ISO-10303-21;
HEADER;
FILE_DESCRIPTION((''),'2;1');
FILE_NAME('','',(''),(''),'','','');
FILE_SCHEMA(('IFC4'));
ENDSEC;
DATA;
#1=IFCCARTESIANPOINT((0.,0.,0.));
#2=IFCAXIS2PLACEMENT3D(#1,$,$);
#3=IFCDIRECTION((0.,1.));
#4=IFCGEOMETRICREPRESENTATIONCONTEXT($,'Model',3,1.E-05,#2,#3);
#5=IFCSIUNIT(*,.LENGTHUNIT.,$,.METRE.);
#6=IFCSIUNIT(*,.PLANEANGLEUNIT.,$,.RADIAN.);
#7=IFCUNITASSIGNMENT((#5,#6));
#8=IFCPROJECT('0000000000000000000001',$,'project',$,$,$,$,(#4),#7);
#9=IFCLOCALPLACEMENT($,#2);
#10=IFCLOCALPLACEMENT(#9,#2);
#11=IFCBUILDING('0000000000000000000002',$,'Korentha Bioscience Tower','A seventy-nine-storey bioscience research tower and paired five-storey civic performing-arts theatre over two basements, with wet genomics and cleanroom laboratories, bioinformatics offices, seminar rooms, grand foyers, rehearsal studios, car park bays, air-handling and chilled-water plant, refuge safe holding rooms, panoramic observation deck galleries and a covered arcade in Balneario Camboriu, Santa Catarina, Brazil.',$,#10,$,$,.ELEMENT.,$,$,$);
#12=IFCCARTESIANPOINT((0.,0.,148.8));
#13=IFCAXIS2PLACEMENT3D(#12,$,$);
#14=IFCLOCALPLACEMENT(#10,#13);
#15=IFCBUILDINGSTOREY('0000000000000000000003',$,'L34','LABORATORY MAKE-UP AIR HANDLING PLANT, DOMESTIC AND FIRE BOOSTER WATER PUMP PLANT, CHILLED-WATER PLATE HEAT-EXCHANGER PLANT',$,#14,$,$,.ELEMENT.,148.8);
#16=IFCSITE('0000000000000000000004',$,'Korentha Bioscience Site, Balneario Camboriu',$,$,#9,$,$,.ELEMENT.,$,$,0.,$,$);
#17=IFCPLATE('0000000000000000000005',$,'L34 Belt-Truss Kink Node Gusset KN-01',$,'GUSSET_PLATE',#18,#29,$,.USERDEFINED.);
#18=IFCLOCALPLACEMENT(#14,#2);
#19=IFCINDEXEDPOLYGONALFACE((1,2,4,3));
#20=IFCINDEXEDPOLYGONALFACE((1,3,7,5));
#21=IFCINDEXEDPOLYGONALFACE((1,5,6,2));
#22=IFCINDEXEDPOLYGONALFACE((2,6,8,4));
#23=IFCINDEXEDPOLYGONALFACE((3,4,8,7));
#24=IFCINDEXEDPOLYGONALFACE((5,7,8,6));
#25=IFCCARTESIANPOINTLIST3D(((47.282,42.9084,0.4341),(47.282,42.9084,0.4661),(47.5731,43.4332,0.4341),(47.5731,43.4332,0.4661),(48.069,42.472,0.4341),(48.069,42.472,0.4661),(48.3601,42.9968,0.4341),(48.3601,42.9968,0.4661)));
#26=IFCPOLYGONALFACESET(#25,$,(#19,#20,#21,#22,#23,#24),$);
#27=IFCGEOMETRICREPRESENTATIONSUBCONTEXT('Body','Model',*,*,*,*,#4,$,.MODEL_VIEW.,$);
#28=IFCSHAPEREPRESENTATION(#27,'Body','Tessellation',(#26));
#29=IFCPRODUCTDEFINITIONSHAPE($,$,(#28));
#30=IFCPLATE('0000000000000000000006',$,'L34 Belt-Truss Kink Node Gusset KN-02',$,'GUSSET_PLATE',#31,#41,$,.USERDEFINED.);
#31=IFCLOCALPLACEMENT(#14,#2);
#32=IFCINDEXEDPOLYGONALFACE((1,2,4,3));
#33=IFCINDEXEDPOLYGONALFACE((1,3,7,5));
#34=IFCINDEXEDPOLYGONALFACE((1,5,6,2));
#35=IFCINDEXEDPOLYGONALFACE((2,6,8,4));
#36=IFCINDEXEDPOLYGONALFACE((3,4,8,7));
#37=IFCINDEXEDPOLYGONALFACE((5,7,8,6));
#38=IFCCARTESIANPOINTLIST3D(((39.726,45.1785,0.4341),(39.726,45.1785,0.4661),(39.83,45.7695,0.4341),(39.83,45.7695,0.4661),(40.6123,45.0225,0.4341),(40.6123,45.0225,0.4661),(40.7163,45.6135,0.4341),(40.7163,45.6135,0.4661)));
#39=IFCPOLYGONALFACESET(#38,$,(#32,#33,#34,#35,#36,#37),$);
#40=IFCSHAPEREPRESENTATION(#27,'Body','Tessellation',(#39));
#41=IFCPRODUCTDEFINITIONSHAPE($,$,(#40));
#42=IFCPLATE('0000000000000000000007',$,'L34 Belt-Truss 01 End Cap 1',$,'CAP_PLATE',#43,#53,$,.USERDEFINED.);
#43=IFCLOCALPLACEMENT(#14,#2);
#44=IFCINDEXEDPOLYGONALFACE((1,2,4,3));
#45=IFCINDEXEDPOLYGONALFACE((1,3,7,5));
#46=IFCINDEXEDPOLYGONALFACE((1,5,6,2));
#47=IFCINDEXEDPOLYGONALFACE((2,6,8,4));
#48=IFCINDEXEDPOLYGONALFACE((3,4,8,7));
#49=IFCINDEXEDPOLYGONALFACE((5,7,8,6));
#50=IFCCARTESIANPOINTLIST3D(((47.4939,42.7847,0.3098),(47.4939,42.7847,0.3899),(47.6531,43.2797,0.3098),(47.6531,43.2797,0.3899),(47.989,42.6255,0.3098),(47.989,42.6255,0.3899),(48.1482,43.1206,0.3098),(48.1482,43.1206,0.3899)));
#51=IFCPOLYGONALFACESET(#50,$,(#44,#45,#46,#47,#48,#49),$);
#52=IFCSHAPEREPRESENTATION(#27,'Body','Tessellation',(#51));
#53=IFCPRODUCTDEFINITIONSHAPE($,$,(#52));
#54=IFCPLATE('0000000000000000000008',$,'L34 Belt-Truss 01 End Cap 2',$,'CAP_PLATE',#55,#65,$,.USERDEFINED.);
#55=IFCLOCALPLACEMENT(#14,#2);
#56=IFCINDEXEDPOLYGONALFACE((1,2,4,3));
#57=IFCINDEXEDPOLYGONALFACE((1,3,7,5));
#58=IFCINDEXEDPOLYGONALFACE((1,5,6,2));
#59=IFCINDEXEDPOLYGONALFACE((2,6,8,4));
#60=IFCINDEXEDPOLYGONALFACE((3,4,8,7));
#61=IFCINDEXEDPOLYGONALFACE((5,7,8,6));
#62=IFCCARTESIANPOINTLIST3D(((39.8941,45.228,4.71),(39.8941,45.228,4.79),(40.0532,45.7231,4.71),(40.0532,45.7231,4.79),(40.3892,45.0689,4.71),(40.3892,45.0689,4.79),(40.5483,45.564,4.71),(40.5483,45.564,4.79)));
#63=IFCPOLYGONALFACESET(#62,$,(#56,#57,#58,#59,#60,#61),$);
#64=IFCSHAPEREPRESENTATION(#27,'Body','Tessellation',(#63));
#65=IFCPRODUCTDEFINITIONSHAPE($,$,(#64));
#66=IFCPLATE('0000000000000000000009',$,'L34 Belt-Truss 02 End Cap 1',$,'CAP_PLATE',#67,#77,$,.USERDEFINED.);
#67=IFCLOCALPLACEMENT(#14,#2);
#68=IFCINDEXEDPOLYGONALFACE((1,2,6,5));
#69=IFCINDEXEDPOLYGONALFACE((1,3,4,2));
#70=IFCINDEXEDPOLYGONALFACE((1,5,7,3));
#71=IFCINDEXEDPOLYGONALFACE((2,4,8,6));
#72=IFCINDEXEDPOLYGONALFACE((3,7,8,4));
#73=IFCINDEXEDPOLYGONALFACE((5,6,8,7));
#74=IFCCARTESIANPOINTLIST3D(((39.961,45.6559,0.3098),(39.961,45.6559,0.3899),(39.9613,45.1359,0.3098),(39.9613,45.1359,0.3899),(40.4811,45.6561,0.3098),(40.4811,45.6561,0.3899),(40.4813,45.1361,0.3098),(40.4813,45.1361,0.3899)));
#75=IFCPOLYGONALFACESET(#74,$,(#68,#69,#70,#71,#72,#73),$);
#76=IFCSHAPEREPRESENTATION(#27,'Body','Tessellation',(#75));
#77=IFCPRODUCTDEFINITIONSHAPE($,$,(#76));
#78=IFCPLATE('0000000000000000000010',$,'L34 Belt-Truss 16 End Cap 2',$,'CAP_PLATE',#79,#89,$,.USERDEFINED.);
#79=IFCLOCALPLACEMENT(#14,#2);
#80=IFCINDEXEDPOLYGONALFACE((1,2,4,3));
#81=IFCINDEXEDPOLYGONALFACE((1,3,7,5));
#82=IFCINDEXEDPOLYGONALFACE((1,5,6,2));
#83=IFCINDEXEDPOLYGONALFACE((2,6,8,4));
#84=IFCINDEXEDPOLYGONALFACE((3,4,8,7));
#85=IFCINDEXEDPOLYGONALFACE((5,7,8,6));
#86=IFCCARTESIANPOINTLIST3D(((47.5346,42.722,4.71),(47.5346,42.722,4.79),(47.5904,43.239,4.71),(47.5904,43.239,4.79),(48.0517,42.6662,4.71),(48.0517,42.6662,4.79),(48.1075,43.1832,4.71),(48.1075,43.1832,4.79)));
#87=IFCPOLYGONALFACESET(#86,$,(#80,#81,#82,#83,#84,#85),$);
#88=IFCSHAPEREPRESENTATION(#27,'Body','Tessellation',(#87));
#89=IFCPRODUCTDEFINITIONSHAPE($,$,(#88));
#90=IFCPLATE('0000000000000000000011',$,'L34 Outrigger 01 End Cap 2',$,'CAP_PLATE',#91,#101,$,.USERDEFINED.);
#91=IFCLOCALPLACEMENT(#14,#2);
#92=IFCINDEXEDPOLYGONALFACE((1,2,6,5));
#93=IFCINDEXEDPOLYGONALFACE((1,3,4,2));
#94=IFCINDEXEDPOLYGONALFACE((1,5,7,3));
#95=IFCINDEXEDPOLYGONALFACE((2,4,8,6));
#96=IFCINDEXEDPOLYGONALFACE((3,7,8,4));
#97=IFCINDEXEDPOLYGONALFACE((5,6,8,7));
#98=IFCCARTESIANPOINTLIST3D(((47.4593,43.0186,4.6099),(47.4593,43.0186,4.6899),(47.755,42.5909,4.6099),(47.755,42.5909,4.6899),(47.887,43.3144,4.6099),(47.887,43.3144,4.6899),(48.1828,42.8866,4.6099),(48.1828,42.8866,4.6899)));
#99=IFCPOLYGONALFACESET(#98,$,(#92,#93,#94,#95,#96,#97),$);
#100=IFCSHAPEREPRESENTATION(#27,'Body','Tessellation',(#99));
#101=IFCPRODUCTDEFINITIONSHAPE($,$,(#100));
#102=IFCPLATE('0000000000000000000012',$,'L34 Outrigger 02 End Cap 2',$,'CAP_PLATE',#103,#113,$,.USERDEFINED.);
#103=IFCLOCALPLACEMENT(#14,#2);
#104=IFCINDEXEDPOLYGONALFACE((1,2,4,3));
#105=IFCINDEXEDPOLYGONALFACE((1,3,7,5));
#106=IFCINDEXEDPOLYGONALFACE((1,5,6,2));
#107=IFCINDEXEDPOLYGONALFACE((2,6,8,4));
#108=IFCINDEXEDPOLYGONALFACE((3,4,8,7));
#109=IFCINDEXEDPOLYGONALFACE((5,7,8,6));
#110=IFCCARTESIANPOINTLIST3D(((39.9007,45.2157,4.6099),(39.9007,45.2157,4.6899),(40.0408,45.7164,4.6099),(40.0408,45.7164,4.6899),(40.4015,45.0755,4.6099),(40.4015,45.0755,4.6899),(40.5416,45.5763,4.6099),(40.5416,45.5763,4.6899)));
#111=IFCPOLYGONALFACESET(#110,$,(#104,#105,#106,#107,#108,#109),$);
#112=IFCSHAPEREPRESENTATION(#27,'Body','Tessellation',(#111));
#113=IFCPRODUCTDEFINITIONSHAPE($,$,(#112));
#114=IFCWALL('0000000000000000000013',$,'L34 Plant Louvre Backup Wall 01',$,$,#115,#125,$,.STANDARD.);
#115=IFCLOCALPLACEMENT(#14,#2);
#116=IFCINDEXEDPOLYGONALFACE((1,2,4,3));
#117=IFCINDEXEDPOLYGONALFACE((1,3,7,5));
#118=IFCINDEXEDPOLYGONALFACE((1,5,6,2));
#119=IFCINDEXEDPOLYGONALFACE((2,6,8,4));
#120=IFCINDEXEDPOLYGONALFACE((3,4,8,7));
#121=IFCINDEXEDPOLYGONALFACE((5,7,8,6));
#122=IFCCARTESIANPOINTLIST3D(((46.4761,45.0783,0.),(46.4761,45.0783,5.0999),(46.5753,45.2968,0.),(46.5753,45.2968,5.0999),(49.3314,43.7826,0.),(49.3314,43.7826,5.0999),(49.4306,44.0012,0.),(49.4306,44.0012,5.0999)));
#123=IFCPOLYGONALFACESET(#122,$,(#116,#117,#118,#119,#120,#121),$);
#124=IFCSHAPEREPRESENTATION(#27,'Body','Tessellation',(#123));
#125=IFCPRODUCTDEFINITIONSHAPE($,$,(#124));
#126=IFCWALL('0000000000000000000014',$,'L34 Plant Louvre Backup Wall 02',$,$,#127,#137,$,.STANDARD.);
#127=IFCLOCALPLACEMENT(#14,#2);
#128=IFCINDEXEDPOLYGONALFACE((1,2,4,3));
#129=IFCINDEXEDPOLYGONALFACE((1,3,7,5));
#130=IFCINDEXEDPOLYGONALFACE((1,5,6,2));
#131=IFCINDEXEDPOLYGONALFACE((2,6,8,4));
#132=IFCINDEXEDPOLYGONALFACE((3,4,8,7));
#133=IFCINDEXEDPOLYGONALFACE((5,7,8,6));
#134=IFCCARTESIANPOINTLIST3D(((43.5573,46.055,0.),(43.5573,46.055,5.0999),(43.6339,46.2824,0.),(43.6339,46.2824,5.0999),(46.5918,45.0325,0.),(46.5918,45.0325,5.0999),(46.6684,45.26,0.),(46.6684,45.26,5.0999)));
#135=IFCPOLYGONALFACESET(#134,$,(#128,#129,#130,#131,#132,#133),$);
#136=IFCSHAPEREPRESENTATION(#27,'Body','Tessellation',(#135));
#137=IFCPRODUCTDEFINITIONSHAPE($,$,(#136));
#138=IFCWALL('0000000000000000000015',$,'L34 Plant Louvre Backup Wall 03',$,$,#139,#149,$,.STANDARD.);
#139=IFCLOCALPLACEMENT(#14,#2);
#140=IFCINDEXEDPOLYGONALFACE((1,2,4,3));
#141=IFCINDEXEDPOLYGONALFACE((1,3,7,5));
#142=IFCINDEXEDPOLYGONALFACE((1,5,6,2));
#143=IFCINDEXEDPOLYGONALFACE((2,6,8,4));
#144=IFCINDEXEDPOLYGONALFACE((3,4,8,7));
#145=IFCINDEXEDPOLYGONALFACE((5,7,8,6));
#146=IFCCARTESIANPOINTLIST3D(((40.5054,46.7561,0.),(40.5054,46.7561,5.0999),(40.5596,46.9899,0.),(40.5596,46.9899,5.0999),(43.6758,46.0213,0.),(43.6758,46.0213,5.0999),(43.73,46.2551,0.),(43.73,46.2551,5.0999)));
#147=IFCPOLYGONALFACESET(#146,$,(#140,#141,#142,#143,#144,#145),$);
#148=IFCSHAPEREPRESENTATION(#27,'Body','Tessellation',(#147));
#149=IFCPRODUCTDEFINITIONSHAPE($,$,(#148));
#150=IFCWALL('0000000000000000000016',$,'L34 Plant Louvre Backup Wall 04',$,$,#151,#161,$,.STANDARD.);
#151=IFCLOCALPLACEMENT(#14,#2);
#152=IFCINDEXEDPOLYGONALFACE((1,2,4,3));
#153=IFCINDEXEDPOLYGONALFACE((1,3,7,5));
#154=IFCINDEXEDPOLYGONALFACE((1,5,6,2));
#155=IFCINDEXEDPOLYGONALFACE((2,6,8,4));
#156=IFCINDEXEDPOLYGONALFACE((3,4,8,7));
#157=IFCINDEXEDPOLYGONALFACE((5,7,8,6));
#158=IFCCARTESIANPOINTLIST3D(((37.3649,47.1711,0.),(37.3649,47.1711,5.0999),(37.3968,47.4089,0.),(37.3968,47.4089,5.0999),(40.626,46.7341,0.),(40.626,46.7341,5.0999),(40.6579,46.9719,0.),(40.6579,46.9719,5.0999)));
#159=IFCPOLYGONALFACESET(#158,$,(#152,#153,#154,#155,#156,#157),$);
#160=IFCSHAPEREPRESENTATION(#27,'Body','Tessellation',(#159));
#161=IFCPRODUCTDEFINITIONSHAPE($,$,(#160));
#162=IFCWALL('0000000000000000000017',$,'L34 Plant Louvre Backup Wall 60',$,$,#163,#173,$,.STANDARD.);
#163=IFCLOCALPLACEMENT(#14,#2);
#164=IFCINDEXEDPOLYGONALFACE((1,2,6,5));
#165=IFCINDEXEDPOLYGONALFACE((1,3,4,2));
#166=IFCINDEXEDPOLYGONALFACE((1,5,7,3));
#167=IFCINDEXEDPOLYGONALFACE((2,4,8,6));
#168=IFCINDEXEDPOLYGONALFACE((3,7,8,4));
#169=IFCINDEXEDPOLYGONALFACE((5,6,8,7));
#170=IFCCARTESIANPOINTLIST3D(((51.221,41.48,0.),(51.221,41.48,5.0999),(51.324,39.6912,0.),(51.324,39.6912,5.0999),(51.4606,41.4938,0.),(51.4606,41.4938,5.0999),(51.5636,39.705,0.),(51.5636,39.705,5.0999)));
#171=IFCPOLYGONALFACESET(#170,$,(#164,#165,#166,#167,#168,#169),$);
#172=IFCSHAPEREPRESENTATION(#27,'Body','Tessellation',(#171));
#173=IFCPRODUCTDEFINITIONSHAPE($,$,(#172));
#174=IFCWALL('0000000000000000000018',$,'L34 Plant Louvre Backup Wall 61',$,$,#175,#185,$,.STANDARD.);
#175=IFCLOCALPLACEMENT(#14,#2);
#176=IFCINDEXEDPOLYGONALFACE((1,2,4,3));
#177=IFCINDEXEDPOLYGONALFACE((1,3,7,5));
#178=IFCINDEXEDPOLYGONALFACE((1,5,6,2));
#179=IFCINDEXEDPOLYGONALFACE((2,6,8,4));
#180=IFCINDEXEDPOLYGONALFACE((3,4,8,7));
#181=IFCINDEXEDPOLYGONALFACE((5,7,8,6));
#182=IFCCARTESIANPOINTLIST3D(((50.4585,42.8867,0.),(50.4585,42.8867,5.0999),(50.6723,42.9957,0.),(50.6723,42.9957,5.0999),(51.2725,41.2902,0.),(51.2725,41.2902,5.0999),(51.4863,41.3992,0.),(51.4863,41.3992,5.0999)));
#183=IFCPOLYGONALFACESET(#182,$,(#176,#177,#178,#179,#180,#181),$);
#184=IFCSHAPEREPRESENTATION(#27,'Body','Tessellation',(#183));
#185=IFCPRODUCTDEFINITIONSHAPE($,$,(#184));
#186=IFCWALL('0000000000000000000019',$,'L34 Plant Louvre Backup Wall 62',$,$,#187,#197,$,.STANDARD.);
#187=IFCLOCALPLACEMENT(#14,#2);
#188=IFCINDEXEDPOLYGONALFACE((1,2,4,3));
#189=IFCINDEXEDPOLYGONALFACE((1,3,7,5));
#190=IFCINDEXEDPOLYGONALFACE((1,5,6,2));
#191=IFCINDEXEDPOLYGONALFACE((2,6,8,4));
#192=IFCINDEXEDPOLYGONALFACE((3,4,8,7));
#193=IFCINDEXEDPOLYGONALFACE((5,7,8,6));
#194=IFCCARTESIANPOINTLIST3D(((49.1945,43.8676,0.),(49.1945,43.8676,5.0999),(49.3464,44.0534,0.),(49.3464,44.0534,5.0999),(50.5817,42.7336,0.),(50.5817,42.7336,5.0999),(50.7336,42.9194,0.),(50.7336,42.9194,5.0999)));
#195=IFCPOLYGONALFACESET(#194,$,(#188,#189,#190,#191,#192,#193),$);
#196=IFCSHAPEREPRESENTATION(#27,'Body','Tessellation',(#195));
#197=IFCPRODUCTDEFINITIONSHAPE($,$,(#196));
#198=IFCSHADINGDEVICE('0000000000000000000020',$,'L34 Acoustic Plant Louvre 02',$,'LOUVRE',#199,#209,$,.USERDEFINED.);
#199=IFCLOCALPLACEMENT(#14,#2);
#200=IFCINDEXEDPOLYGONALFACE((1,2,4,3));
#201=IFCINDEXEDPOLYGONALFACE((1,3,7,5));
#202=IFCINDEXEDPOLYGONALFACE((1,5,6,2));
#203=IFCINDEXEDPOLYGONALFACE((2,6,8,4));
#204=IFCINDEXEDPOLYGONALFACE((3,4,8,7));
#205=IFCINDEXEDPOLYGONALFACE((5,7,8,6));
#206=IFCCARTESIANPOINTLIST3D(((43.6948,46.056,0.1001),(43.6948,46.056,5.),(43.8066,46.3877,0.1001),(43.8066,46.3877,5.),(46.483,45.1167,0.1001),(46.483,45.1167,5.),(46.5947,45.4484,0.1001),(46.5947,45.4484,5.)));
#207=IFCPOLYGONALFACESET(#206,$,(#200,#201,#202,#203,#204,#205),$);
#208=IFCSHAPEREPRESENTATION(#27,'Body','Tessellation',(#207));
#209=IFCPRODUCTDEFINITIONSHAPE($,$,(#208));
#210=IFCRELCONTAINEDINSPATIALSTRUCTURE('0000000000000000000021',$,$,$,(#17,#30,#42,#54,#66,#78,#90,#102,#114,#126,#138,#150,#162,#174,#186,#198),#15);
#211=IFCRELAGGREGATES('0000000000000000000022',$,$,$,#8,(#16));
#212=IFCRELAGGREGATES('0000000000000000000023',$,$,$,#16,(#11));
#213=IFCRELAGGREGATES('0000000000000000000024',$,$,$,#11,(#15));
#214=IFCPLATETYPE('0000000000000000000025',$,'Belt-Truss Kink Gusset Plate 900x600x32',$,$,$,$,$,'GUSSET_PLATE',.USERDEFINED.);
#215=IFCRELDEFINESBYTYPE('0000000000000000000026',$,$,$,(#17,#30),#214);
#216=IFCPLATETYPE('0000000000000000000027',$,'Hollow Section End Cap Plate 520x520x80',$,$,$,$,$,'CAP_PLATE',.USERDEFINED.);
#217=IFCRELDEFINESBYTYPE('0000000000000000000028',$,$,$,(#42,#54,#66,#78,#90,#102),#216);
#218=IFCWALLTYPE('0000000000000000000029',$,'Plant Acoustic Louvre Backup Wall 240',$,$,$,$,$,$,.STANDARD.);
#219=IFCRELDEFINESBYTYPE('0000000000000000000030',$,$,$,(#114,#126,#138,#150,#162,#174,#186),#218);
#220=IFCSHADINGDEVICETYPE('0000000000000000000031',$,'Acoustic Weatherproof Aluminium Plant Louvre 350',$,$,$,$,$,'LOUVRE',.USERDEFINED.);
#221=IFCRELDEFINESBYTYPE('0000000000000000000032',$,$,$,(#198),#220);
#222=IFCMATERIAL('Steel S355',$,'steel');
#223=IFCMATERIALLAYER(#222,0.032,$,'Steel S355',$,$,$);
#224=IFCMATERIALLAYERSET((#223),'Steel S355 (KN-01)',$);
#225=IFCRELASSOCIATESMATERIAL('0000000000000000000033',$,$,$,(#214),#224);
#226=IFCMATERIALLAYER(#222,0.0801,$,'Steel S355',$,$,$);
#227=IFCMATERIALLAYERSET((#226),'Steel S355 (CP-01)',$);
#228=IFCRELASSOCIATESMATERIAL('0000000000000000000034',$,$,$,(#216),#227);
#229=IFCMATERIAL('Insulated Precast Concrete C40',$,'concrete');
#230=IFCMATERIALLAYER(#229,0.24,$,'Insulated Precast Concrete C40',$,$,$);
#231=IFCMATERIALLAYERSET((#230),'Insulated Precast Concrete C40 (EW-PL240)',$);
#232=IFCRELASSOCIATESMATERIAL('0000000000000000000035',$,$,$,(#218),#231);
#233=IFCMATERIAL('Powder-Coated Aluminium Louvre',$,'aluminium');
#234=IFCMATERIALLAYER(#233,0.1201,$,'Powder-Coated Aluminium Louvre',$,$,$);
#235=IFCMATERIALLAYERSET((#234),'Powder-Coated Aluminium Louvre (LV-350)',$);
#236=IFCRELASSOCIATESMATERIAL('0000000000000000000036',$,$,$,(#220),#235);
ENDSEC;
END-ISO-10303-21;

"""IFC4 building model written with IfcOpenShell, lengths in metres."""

from ifc_helpers import new_model, si_unit, direction, frame, frame_2d, origin, origin_2d, place, context, subcontext, project, spatial, rectangle, extrude, material, layer, layer_set, type_object, element, save


model = new_model("IFC4")

# Units and contexts
model_context = context("Model", 3, precision=1e-05, world=origin(), true_north=direction((0.0, 1.0)))
body_context = subcontext(model_context, "Body", "Model", "MODEL_VIEW")
ifc_project = project(units=[si_unit("LENGTHUNIT", "METRE"), si_unit("PLANEANGLEUNIT", "RADIAN")], contexts=[model_context])

# Site, building, storey
site_placement = place(None, origin())
site = spatial("IfcSite", under=ifc_project, at=site_placement, Name="Korentha Bioscience Site, Balneario Camboriu", CompositionType="ELEMENT", RefElevation=0.0)
building_placement = place(site_placement, origin())
building = spatial("IfcBuilding", under=site, at=building_placement, Name="Korentha Bioscience Tower", Description="A seventy-nine-storey bioscience research tower and paired five-storey civic performing-arts theatre over two basements, with wet genomics and cleanroom laboratories, bioinformatics offices, seminar rooms, grand foyers, rehearsal studios, car park bays, air-handling and chilled-water plant, refuge safe holding rooms, panoramic observation deck galleries and a covered arcade in Balneario Camboriu, Santa Catarina, Brazil.", CompositionType="ELEMENT")
storey_placement = place(building_placement, frame((0.0, 0.0, 148.8)))
storey = spatial("IfcBuildingStorey", under=building, at=storey_placement, Name="L34", Description="LABORATORY MAKE-UP AIR HANDLING PLANT, DOMESTIC AND FIRE BOOSTER WATER PUMP PLANT, CHILLED-WATER PLATE HEAT-EXCHANGER PLANT", CompositionType="ELEMENT", Elevation=148.8)

# Shared definitions
ifc_material_1 = material(Name="Steel S355", Category="steel")

# Plates
ifc_layer_1 = layer(ifc_material_1, 0.032, Name="Steel S355")
ifc_layer_set_1 = layer_set([ifc_layer_1], Name="Steel S355 (KN-01)")
plate_type_1 = type_object("IfcPlateType", Name="Belt-Truss Kink Gusset Plate 900x600x32", ElementType="GUSSET_PLATE", PredefinedType="USERDEFINED", material=ifc_layer_set_1)
for number, where, z_axis, x_axis, name in (
    (1, (47.821, 42.9526, 0.4341), (0.0, 0.0, 1.0), (-0.874535, 0.484962, 0.0), "L34 Belt-Truss Kink Node Gusset KN-01"),
    (2, (40.2212, 45.396, 0.4341), (0.0, 0.0, 1.0), (-0.984868, 0.173304, 0.0), "L34 Belt-Truss Kink Node Gusset KN-02"),
):
    element("IfcPlate", number, at=place(storey_placement, frame(where, z_axis=z_axis, x_axis=x_axis)), inside=storey, type_object=plate_type_1, Name=name, ObjectType="GUSSET_PLATE", PredefinedType="USERDEFINED", context=body_context, shape_type="SweptSolid", body=[
        extrude(rectangle(XDim=0.8999, YDim=0.6001, at=origin_2d()), origin(), (0.0, 0.0, 1.0), 0.032),
    ])
ifc_layer_2 = layer(ifc_material_1, 0.0801, Name="Steel S355")
ifc_layer_set_2 = layer_set([ifc_layer_2], Name="Steel S355 (CP-01)")
plate_type_2 = type_object("IfcPlateType", Name="Hollow Section End Cap Plate 520x520x80", ElementType="CAP_PLATE", PredefinedType="USERDEFINED", material=ifc_layer_set_2)
for number, where, z_axis, x_axis, name in (
    (3, (47.821, 42.9526, 0.3098), (0.0, 0.0, 1.0), (-0.952023, 0.306028, 0.0), "L34 Belt-Truss 01 End Cap 1"),
    (4, (40.2212, 45.396, 4.71), (0.0, 0.0, 1.0), (-0.952023, 0.306028, 0.0), "L34 Belt-Truss 01 End Cap 2"),
    (5, (40.2212, 45.396, 0.3098), (0.0, 0.0, 1.0), (1.0, 0.000524, 0.0), "L34 Belt-Truss 02 End Cap 1"),
    (6, (47.821, 42.9526, 4.71), (0.0, 0.0, 1.0), (0.107305, 0.994226, 0.0), "L34 Belt-Truss 16 End Cap 2"),
    (7, (47.821, 42.9526, 4.6099), (0.0, 0.0, 1.0), (0.822541, 0.568705, 0.0), "L34 Outrigger 01 End Cap 2"),
    (8, (40.2212, 45.396, 4.6099), (0.0, 0.0, 1.0), (0.269424, 0.963022, 0.0), "L34 Outrigger 02 End Cap 2"),
):
    element("IfcPlate", number, at=place(storey_placement, frame(where, z_axis=z_axis, x_axis=x_axis)), inside=storey, type_object=plate_type_2, Name=name, ObjectType="CAP_PLATE", PredefinedType="USERDEFINED", context=body_context, shape_type="SweptSolid", body=[
        extrude(rectangle(XDim=0.52, YDim=0.52, at=origin_2d()), origin(), (0.0, 0.0, 1.0), 0.0801),
    ])

# Walls
ifc_material_2 = material(Name="Insulated Precast Concrete C40", Category="concrete")
ifc_layer_3 = layer(ifc_material_2, 0.24, Name="Insulated Precast Concrete C40")
ifc_layer_set_3 = layer_set([ifc_layer_3], Name="Insulated Precast Concrete C40 (EW-PL240)")
wall_type = type_object("IfcWallType", Name="Plant Acoustic Louvre Backup Wall 240", PredefinedType="STANDARD", material=ifc_layer_set_3)
wall_1_placement = place(storey_placement, frame((49.3811, 43.8918, 0.0), z_axis=(0.0, 0.0, 1.0), x_axis=(-0.910628, 0.413228, 0.0)))
element("IfcWall", 9, at=wall_1_placement, inside=storey, type_object=wall_type, Name="L34 Plant Louvre Backup Wall 01", PredefinedType="STANDARD", context=body_context, shape_type="SweptSolid", body=[
    extrude(rectangle(XDim=3.1355, YDim=0.24, at=frame_2d((1.5679, 0.0))), origin(), (0.0, 0.0, 1.0), 5.0999),
])
wall_2_placement = place(storey_placement, frame((46.6301, 45.1462, 0.0), z_axis=(0.0, 0.0, 1.0), x_axis=(-0.947649, 0.319314, 0.0)))
element("IfcWall", 10, at=wall_2_placement, inside=storey, type_object=wall_type, Name="L34 Plant Louvre Backup Wall 02", PredefinedType="STANDARD", context=body_context, shape_type="SweptSolid", body=[
    extrude(rectangle(XDim=3.2021, YDim=0.24, at=frame_2d((1.6011, 0.0))), origin(), (0.0, 0.0, 1.0), 5.0999),
])
wall_3_placement = place(storey_placement, frame((43.7029, 46.1382, 0.0), z_axis=(0.0, 0.0, 1.0), x_axis=(-0.974173, 0.225802, 0.0)))
element("IfcWall", 11, at=wall_3_placement, inside=storey, type_object=wall_type, Name="L34 Plant Louvre Backup Wall 03", PredefinedType="STANDARD", context=body_context, shape_type="SweptSolid", body=[
    extrude(rectangle(XDim=3.2544, YDim=0.24, at=frame_2d((1.6272, 0.0))), origin(), (0.0, 0.0, 1.0), 5.0999),
])
wall_4_placement = place(storey_placement, frame((40.6418, 46.853, 0.0), z_axis=(0.0, 0.0, 1.0), x_axis=(-0.991141, 0.132815, 0.0)))
element("IfcWall", 12, at=wall_4_placement, inside=storey, type_object=wall_type, Name="L34 Plant Louvre Backup Wall 04", PredefinedType="STANDARD", context=body_context, shape_type="SweptSolid", body=[
    extrude(rectangle(XDim=3.2903, YDim=0.24, at=frame_2d((1.645, 0.0))), origin(), (0.0, 0.0, 1.0), 5.0999),
])
wall_5_placement = place(storey_placement, frame((51.4438, 39.698, 0.0), z_axis=(0.0, 0.0, 1.0), x_axis=(-0.0575, 0.998346, 0.0)))
element("IfcWall", 13, at=wall_5_placement, inside=storey, type_object=wall_type, Name="L34 Plant Louvre Backup Wall 60", PredefinedType="STANDARD", context=body_context, shape_type="SweptSolid", body=[
    extrude(rectangle(XDim=1.7917, YDim=0.24, at=frame_2d((0.896, 0.0))), origin(), (0.0, 0.0, 1.0), 5.0999),
])
wall_6_placement = place(storey_placement, frame((51.3794, 41.3447, 0.0), z_axis=(0.0, 0.0, 1.0), x_axis=(-0.45423, 0.890885, 0.0)))
element("IfcWall", 14, at=wall_6_placement, inside=storey, type_object=wall_type, Name="L34 Plant Louvre Backup Wall 61", PredefinedType="STANDARD", context=body_context, shape_type="SweptSolid", body=[
    extrude(rectangle(XDim=1.792, YDim=0.24, at=frame_2d((0.896, 0.0))), origin(), (0.0, 0.0, 1.0), 5.0999),
])
wall_7_placement = place(storey_placement, frame((50.6577, 42.8264, 0.0), z_axis=(0.0, 0.0, 1.0), x_axis=(-0.774218, 0.632919, 0.0)))
element("IfcWall", 15, at=wall_7_placement, inside=storey, type_object=wall_type, Name="L34 Plant Louvre Backup Wall 62", PredefinedType="STANDARD", context=body_context, shape_type="SweptSolid", body=[
    extrude(rectangle(XDim=1.7917, YDim=0.24, at=frame_2d((0.896, 0.0))), origin(), (0.0, 0.0, 1.0), 5.0999),
])

# Shading device
ifc_material_3 = material(Name="Powder-Coated Aluminium Louvre", Category="aluminium")
ifc_layer_4 = layer(ifc_material_3, 0.1201, Name="Powder-Coated Aluminium Louvre")
ifc_layer_set_4 = layer_set([ifc_layer_4], Name="Powder-Coated Aluminium Louvre (LV-350)")
shading_device_type = type_object("IfcShadingDeviceType", Name="Acoustic Weatherproof Aluminium Plant Louvre 350", ElementType="LOUVRE", PredefinedType="USERDEFINED", material=ifc_layer_set_4)
shading_device_1_placement = place(storey_placement, frame((45.1448, 45.7522, 0.1001), z_axis=(0.0, 0.0, 1.0), x_axis=(-0.947666, 0.319263, 0.0)))
element("IfcShadingDevice", 16, at=shading_device_1_placement, inside=storey, type_object=shading_device_type, Name="L34 Acoustic Plant Louvre 02", ObjectType="LOUVRE", PredefinedType="USERDEFINED", context=body_context, shape_type="SweptSolid", body=[
    extrude(rectangle(XDim=2.9421, YDim=0.3501, at=origin_2d()), origin(), (0.0, 0.0, 1.0), 4.8999),
])

save(model, "model.ifc")
